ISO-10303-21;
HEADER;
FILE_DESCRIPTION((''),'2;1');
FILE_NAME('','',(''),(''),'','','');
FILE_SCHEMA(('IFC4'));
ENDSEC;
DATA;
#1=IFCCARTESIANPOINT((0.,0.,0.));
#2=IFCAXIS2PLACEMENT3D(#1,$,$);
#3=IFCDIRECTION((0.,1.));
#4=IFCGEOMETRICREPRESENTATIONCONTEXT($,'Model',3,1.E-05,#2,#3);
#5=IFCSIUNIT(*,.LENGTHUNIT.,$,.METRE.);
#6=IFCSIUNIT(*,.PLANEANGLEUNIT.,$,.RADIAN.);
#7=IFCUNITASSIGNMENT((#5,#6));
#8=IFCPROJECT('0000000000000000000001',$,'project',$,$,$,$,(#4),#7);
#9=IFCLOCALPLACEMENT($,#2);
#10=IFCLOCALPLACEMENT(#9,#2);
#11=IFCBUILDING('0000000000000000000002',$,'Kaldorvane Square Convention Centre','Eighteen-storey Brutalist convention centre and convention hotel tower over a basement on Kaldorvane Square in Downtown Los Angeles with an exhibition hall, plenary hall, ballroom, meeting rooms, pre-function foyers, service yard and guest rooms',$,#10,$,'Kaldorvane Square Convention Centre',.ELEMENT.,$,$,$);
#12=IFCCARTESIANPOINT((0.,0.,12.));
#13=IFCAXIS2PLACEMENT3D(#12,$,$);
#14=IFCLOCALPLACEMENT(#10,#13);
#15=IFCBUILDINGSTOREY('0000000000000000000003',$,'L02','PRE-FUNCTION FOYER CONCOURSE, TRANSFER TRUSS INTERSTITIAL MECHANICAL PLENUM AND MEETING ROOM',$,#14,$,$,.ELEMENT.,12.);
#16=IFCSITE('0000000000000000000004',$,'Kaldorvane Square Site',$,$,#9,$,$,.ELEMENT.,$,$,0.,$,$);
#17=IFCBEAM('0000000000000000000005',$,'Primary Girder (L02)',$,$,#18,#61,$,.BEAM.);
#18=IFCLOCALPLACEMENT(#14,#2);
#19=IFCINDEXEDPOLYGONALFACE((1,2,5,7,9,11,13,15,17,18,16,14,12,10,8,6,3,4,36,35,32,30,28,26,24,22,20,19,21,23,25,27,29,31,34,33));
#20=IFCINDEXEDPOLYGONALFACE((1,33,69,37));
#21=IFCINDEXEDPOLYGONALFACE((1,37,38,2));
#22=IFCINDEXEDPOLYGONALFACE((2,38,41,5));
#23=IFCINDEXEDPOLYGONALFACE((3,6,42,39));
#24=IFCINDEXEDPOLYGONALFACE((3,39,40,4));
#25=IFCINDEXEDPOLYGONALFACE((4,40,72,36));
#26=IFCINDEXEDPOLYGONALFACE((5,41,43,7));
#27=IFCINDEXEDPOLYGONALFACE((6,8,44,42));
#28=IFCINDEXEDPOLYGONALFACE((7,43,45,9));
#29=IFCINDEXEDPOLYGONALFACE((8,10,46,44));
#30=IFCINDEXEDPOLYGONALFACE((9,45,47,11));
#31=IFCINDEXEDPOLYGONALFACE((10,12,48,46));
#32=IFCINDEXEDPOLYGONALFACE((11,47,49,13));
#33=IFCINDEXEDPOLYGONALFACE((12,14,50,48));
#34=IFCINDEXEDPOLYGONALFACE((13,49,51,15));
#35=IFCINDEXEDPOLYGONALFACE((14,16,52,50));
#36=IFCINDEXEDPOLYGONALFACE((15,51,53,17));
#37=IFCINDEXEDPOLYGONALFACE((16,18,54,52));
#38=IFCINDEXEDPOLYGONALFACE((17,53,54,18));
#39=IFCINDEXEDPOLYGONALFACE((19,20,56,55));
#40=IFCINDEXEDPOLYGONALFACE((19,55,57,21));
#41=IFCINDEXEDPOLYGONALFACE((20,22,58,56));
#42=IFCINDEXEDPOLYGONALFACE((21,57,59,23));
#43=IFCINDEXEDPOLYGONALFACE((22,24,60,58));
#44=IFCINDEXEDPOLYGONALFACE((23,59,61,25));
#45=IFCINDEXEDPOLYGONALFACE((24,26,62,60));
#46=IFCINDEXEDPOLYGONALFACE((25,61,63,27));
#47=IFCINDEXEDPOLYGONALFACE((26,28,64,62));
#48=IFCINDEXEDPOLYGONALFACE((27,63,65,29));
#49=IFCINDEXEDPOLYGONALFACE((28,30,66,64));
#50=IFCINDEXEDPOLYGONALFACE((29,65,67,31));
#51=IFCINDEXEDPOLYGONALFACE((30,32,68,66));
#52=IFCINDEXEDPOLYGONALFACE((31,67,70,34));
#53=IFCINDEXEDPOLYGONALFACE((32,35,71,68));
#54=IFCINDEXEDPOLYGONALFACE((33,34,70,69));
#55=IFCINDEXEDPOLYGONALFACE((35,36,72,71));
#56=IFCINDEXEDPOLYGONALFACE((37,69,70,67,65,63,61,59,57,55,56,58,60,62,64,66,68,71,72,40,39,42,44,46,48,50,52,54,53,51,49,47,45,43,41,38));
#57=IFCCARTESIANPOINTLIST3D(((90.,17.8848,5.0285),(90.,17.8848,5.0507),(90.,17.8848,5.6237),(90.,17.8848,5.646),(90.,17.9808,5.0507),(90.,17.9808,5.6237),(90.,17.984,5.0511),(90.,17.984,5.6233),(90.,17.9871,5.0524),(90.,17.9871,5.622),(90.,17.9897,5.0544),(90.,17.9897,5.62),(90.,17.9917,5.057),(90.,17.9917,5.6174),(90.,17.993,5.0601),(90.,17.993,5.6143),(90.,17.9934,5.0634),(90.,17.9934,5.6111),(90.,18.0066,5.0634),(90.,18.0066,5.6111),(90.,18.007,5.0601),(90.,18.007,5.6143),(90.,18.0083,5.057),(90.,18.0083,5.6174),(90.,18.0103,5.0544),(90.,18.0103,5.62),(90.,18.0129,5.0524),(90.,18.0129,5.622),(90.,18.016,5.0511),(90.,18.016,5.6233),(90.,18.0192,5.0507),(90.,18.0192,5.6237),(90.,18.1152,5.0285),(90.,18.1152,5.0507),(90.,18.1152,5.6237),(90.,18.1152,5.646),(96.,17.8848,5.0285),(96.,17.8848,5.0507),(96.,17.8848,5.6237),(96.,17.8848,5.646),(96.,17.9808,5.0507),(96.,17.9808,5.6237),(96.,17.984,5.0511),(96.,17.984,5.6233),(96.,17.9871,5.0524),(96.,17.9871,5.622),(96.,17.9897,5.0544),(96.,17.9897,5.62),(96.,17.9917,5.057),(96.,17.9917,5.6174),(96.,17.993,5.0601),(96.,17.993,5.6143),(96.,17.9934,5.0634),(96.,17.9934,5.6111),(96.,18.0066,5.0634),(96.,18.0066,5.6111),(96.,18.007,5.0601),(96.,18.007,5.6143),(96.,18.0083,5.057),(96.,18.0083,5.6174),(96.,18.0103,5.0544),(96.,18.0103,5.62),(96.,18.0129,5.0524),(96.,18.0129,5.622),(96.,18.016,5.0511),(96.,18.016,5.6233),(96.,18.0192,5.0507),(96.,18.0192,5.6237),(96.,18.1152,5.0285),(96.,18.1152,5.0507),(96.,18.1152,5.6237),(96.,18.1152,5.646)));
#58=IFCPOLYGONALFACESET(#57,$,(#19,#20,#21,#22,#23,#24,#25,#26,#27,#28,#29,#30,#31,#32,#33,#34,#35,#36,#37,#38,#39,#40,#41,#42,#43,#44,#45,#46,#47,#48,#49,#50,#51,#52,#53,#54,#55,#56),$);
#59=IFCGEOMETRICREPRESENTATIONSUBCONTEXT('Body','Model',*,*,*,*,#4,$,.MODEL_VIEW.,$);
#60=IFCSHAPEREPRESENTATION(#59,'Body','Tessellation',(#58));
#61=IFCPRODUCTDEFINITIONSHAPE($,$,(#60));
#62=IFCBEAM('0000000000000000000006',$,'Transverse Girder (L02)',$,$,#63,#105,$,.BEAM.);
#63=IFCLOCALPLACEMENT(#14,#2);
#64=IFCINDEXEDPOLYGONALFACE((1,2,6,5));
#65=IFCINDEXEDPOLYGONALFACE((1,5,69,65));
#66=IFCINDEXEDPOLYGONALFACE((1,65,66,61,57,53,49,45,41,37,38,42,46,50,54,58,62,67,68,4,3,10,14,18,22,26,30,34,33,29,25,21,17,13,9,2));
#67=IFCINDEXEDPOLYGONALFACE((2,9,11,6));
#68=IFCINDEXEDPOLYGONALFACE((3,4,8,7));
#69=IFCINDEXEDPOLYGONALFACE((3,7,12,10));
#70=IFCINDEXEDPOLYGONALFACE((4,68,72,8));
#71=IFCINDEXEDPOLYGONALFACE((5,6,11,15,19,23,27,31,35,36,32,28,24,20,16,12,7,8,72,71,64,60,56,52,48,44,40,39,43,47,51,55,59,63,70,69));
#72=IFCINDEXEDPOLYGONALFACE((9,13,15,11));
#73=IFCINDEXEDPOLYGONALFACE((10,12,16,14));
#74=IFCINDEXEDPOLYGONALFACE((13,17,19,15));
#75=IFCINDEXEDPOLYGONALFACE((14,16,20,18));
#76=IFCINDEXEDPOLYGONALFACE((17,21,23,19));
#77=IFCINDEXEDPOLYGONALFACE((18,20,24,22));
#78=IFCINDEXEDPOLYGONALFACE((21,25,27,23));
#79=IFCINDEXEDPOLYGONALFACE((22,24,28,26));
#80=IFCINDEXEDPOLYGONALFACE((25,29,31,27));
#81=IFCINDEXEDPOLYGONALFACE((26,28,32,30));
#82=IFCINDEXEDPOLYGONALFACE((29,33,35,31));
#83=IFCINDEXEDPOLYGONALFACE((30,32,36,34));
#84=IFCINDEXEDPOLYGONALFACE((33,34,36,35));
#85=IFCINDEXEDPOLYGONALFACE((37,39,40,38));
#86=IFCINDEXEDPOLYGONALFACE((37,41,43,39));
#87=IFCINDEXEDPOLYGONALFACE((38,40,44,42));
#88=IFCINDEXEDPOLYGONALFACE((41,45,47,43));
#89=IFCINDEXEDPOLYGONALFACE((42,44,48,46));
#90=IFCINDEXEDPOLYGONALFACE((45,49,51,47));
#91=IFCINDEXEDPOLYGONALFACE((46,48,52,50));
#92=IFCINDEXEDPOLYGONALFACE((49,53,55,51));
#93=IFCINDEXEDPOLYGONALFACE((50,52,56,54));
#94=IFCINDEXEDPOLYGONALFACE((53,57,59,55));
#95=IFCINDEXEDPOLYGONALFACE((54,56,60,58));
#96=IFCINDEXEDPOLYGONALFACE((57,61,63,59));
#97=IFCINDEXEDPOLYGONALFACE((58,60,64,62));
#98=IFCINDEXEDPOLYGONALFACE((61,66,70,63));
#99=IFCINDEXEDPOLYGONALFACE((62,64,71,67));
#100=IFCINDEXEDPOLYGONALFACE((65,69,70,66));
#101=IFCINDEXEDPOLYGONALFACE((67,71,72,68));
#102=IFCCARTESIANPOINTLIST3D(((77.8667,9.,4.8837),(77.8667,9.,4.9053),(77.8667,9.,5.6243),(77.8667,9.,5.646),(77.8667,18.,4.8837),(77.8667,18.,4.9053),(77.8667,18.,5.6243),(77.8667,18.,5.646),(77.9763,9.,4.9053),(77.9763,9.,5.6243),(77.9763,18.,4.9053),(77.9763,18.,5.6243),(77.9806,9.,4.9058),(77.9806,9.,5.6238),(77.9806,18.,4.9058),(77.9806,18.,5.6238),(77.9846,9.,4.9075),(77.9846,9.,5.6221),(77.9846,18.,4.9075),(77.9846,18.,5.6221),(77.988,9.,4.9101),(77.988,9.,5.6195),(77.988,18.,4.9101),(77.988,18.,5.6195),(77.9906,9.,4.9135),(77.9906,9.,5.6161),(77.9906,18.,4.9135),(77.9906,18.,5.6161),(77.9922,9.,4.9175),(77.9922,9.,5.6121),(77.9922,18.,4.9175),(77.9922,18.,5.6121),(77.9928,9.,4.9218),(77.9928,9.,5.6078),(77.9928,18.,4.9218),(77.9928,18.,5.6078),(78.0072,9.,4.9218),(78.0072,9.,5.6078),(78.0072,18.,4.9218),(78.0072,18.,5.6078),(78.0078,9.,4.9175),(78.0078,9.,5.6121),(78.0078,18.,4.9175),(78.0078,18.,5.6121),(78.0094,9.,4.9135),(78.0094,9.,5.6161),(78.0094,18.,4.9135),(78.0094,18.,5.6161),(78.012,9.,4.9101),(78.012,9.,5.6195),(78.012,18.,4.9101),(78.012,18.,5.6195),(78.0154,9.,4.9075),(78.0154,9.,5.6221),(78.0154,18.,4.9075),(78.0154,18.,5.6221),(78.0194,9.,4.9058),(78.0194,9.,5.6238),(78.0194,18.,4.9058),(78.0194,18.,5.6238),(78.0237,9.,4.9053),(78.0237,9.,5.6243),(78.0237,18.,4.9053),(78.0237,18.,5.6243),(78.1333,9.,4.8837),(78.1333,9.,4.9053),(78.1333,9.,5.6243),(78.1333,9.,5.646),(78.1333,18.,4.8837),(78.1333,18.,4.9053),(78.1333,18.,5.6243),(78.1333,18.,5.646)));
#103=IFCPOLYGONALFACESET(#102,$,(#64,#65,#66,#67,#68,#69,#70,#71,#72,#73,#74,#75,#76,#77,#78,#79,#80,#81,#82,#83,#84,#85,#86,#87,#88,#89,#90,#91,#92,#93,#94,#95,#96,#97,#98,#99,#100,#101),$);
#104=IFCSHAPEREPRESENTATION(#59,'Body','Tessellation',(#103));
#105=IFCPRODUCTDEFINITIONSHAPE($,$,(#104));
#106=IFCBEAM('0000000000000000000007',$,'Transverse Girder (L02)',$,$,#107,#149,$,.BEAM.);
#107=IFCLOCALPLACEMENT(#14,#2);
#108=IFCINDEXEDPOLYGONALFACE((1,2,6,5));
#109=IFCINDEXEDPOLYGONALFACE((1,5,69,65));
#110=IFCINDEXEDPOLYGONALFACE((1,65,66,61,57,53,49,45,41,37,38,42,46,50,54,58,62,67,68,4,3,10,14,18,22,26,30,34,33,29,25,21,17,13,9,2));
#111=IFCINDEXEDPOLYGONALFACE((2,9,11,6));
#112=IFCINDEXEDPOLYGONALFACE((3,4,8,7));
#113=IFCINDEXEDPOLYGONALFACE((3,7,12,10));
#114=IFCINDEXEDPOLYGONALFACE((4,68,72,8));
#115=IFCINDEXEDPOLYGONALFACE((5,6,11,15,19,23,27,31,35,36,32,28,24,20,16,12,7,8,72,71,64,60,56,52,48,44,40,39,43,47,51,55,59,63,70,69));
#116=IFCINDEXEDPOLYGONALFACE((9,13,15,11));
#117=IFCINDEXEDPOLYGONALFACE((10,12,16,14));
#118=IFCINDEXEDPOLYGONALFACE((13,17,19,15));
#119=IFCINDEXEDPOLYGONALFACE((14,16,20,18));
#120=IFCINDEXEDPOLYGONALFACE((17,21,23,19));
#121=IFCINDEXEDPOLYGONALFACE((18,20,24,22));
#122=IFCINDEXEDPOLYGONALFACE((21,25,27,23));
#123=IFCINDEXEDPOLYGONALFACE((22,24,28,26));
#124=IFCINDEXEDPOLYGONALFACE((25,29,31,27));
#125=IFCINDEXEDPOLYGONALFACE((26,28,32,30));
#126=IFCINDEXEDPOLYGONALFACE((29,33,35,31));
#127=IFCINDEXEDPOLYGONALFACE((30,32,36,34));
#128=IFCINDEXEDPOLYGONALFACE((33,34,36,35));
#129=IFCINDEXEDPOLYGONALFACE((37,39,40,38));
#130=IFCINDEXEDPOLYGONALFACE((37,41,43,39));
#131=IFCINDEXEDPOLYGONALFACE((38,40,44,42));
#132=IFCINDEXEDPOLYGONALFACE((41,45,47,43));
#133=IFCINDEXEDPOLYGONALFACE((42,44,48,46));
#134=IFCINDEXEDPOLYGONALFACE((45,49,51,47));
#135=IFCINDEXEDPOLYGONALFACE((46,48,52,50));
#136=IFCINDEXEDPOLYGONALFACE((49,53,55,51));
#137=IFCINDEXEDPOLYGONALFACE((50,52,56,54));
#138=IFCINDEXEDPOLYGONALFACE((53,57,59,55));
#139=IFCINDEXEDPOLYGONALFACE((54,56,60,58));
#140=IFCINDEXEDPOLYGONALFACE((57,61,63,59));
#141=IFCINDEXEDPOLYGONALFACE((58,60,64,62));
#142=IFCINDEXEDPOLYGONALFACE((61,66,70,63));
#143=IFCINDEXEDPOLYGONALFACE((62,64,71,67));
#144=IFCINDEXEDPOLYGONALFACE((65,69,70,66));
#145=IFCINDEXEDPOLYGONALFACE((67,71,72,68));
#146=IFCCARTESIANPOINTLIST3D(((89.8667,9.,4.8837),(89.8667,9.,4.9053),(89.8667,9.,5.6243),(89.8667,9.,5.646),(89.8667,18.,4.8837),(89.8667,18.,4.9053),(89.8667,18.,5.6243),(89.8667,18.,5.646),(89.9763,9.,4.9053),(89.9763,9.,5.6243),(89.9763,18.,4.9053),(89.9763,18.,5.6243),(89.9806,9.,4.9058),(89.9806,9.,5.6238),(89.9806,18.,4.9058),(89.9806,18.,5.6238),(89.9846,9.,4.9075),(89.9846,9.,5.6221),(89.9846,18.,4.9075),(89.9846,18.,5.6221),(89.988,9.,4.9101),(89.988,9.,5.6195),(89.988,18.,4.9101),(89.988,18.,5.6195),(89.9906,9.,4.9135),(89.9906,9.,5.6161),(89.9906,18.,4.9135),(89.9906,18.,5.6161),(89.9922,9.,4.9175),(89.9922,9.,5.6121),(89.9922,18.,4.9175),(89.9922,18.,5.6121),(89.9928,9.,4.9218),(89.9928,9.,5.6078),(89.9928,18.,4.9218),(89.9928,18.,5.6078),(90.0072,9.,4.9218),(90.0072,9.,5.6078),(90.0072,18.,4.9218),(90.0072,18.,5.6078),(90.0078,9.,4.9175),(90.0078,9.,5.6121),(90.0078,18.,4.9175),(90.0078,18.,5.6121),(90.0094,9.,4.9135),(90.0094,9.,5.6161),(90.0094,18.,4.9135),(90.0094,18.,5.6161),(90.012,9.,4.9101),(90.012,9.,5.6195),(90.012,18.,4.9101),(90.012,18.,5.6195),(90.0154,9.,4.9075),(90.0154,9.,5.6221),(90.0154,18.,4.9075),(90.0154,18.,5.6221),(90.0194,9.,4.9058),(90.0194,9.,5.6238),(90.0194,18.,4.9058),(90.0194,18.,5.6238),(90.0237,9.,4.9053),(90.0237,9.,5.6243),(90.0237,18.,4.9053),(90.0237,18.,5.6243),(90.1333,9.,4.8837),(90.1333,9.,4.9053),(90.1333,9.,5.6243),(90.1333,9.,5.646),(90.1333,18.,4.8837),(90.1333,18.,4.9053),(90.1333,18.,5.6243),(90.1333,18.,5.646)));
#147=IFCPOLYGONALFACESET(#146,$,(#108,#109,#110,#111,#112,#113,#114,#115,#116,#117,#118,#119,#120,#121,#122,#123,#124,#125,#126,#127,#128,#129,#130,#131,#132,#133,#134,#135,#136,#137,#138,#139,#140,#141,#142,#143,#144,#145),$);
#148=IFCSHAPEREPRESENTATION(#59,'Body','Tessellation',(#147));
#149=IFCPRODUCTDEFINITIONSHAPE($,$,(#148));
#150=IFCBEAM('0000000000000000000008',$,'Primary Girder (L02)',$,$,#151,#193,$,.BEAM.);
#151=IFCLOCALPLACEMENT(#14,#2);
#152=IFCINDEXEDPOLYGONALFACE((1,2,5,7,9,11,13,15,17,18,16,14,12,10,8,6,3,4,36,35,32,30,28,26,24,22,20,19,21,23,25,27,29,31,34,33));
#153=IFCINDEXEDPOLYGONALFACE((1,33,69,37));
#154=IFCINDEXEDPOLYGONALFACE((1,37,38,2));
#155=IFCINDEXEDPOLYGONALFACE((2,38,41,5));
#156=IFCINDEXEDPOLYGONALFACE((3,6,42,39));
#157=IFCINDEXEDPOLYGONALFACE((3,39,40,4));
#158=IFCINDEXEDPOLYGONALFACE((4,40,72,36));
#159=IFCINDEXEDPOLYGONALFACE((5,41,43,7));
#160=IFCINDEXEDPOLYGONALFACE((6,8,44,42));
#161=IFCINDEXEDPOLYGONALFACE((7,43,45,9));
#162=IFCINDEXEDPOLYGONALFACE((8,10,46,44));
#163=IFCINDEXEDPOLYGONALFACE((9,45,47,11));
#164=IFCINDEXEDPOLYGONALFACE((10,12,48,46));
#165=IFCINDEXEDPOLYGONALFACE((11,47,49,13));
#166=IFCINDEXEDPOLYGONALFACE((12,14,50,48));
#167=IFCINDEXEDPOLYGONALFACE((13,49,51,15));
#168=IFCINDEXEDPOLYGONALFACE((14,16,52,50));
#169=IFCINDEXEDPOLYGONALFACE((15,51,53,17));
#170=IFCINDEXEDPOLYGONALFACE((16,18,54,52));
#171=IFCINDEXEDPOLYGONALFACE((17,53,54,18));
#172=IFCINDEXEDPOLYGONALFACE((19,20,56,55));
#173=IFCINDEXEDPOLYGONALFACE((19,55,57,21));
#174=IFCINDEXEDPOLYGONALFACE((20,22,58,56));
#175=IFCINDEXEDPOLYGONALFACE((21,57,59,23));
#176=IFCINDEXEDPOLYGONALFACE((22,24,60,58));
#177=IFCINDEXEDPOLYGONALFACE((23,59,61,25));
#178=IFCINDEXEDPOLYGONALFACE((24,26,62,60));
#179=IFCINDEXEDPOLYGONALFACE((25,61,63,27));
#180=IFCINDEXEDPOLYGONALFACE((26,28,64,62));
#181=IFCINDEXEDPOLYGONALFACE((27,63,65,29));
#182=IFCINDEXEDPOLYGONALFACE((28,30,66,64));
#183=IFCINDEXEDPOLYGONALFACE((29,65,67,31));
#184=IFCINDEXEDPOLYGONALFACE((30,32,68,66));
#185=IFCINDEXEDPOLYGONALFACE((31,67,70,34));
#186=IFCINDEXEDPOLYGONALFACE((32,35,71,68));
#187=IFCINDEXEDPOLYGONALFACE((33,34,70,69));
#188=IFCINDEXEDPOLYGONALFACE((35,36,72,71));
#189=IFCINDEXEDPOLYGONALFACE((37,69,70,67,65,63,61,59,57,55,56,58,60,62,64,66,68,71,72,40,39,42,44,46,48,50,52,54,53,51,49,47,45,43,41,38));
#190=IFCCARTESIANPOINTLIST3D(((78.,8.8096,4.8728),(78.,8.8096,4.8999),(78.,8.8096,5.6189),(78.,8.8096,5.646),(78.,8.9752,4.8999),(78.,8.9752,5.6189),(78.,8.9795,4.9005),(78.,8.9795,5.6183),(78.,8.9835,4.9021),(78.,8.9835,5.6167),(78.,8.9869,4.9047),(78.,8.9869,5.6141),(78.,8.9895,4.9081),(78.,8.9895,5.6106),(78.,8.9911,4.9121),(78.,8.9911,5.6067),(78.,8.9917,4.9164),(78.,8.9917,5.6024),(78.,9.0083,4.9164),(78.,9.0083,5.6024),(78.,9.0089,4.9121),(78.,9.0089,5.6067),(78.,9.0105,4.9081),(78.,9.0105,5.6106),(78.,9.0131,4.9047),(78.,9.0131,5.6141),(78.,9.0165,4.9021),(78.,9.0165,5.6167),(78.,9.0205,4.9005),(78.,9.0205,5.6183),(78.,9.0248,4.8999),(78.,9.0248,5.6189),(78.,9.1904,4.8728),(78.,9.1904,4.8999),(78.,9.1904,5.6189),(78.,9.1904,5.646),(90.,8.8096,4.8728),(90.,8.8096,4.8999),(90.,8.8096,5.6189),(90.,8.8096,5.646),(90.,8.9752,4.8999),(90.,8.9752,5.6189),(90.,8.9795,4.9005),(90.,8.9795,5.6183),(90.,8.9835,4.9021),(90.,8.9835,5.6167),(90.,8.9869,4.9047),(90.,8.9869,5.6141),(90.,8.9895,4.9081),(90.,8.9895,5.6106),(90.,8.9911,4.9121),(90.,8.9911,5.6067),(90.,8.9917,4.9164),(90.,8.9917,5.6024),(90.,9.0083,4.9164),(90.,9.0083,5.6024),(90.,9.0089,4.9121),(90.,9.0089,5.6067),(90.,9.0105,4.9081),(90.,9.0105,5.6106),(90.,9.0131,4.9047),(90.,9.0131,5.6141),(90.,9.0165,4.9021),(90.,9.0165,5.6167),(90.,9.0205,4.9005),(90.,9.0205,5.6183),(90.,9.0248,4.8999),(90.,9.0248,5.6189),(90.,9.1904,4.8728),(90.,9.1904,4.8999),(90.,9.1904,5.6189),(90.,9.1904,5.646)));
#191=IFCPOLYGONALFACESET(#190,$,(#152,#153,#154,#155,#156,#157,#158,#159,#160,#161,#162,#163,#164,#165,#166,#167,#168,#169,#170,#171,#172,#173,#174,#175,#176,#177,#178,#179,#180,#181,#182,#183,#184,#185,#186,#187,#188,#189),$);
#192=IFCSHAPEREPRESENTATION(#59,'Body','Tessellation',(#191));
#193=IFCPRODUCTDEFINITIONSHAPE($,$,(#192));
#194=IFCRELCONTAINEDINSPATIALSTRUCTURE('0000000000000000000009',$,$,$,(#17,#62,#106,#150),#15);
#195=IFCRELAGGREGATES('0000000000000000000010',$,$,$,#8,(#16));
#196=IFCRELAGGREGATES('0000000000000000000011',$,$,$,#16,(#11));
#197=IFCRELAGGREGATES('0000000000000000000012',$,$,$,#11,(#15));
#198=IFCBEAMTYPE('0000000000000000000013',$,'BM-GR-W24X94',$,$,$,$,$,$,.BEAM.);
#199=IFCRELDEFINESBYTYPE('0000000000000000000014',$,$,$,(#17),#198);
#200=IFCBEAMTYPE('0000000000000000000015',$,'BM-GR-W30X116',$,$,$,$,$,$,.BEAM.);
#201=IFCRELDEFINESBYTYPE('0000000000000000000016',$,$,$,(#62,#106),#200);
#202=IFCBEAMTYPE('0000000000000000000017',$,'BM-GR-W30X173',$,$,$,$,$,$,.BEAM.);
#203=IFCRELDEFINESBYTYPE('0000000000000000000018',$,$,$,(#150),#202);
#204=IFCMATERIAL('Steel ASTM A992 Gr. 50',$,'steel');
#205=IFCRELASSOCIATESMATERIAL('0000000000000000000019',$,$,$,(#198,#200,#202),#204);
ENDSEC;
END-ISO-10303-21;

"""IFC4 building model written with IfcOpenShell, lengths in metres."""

from ifc_helpers import new_model, si_unit, direction, frame, origin, origin_2d, place, context, subcontext, project, spatial, i_section, extrude, material, material_profile, profile_set, type_object, element, save


model = new_model("IFC4")

# Units and contexts
model_context = context("Model", 3, precision=1e-05, world=origin(), true_north=direction((0.0, 1.0)))
body_context = subcontext(model_context, "Body", "Model", "MODEL_VIEW")
ifc_project = project(units=[si_unit("LENGTHUNIT", "METRE"), si_unit("PLANEANGLEUNIT", "RADIAN")], contexts=[model_context])

# Site, building, storey
site_placement = place(None, origin())
site = spatial("IfcSite", under=ifc_project, at=site_placement, Name="Kaldorvane Square Site", CompositionType="ELEMENT", RefElevation=0.0)
building_placement = place(site_placement, origin())
building = spatial("IfcBuilding", under=site, at=building_placement, Name="Kaldorvane Square Convention Centre", Description="Eighteen-storey Brutalist convention centre and convention hotel tower over a basement on Kaldorvane Square in Downtown Los Angeles with an exhibition hall, plenary hall, ballroom, meeting rooms, pre-function foyers, service yard and guest rooms", LongName="Kaldorvane Square Convention Centre", CompositionType="ELEMENT")
storey_placement = place(building_placement, frame((0.0, 0.0, 12.0)))
storey = spatial("IfcBuildingStorey", under=building, at=storey_placement, Name="L02", Description="PRE-FUNCTION FOYER CONCOURSE, TRANSFER TRUSS INTERSTITIAL MECHANICAL PLENUM AND MEETING ROOM", CompositionType="ELEMENT", Elevation=12.0)

# Shared definitions
ifc_material_1 = material(Name="Steel ASTM A992 Gr. 50", Category="steel")

# Beams
ifc_material_profile_1 = material_profile(ifc_material_1, i_section(OverallWidth=0.2303, OverallDepth=0.6175, WebThickness=0.0131, FlangeThickness=0.0222, FilletRadius=0.0127, at=origin_2d()), Name="W24X94")
ifc_profile_set_1 = profile_set([ifc_material_profile_1], Name="Steel ASTM A992 Gr. 50")
beam_type_1 = type_object("IfcBeamType", Name="BM-GR-W24X94", PredefinedType="BEAM", material=ifc_profile_set_1)
for number, where, z_axis, x_axis, name in (
    (1, (90.0, 18.0, 5.3372), (1.0, 0.0, 0.0), (0.0, 1.0, 0.0), "Primary Girder (L02)"),
):
    element("IfcBeam", number, at=place(storey_placement, frame(where, z_axis=z_axis, x_axis=x_axis)), inside=storey, type_object=beam_type_1, Name=name, PredefinedType="BEAM", context=body_context, shape_type="SweptSolid", body=[
        extrude(i_section(OverallWidth=0.2303, OverallDepth=0.6175, WebThickness=0.0131, FlangeThickness=0.0222, FilletRadius=0.0127, at=origin_2d()), origin(), (0.0, 0.0, 1.0), 6.0),
    ])
ifc_material_profile_2 = material_profile(ifc_material_1, i_section(OverallWidth=0.2666, OverallDepth=0.7623, WebThickness=0.0144, FlangeThickness=0.0216, FilletRadius=0.0165, at=origin_2d()), Name="W30X116")
ifc_profile_set_2 = profile_set([ifc_material_profile_2], Name="Steel ASTM A992 Gr. 50")
beam_type_2 = type_object("IfcBeamType", Name="BM-GR-W30X116", PredefinedType="BEAM", material=ifc_profile_set_2)
for number, where, z_axis, x_axis, name in (
    (2, (78.0, 9.0, 5.2648), (0.0, 1.0, 0.0), (-1.0, 0.0, 0.0), "Transverse Girder (L02)"),
    (3, (90.0, 9.0, 5.2648), (0.0, 1.0, 0.0), (-1.0, 0.0, 0.0), "Transverse Girder (L02)"),
):
    element("IfcBeam", number, at=place(storey_placement, frame(where, z_axis=z_axis, x_axis=x_axis)), inside=storey, type_object=beam_type_2, Name=name, PredefinedType="BEAM", context=body_context, shape_type="SweptSolid", body=[
        extrude(i_section(OverallWidth=0.2666, OverallDepth=0.7623, WebThickness=0.0144, FlangeThickness=0.0216, FilletRadius=0.0165, at=origin_2d()), origin(), (0.0, 0.0, 1.0), 9.0),
    ])
ifc_material_profile_3 = material_profile(ifc_material_1, i_section(OverallWidth=0.3807, OverallDepth=0.7732, WebThickness=0.0166, FlangeThickness=0.0271, FilletRadius=0.0165, at=origin_2d()), Name="W30X173")
ifc_profile_set_3 = profile_set([ifc_material_profile_3], Name="Steel ASTM A992 Gr. 50")
beam_type_3 = type_object("IfcBeamType", Name="BM-GR-W30X173", PredefinedType="BEAM", material=ifc_profile_set_3)
for number, where, z_axis, x_axis, name in (
    (4, (78.0, 9.0, 5.2594), (1.0, 0.0, 0.0), (0.0, 1.0, 0.0), "Primary Girder (L02)"),
):
    element("IfcBeam", number, at=place(storey_placement, frame(where, z_axis=z_axis, x_axis=x_axis)), inside=storey, type_object=beam_type_3, Name=name, PredefinedType="BEAM", context=body_context, shape_type="SweptSolid", body=[
        extrude(i_section(OverallWidth=0.3807, OverallDepth=0.7732, WebThickness=0.0166, FlangeThickness=0.0271, FilletRadius=0.0165, at=origin_2d()), origin(), (0.0, 0.0, 1.0), 12.0),
    ])

save(model, "model.ifc")
